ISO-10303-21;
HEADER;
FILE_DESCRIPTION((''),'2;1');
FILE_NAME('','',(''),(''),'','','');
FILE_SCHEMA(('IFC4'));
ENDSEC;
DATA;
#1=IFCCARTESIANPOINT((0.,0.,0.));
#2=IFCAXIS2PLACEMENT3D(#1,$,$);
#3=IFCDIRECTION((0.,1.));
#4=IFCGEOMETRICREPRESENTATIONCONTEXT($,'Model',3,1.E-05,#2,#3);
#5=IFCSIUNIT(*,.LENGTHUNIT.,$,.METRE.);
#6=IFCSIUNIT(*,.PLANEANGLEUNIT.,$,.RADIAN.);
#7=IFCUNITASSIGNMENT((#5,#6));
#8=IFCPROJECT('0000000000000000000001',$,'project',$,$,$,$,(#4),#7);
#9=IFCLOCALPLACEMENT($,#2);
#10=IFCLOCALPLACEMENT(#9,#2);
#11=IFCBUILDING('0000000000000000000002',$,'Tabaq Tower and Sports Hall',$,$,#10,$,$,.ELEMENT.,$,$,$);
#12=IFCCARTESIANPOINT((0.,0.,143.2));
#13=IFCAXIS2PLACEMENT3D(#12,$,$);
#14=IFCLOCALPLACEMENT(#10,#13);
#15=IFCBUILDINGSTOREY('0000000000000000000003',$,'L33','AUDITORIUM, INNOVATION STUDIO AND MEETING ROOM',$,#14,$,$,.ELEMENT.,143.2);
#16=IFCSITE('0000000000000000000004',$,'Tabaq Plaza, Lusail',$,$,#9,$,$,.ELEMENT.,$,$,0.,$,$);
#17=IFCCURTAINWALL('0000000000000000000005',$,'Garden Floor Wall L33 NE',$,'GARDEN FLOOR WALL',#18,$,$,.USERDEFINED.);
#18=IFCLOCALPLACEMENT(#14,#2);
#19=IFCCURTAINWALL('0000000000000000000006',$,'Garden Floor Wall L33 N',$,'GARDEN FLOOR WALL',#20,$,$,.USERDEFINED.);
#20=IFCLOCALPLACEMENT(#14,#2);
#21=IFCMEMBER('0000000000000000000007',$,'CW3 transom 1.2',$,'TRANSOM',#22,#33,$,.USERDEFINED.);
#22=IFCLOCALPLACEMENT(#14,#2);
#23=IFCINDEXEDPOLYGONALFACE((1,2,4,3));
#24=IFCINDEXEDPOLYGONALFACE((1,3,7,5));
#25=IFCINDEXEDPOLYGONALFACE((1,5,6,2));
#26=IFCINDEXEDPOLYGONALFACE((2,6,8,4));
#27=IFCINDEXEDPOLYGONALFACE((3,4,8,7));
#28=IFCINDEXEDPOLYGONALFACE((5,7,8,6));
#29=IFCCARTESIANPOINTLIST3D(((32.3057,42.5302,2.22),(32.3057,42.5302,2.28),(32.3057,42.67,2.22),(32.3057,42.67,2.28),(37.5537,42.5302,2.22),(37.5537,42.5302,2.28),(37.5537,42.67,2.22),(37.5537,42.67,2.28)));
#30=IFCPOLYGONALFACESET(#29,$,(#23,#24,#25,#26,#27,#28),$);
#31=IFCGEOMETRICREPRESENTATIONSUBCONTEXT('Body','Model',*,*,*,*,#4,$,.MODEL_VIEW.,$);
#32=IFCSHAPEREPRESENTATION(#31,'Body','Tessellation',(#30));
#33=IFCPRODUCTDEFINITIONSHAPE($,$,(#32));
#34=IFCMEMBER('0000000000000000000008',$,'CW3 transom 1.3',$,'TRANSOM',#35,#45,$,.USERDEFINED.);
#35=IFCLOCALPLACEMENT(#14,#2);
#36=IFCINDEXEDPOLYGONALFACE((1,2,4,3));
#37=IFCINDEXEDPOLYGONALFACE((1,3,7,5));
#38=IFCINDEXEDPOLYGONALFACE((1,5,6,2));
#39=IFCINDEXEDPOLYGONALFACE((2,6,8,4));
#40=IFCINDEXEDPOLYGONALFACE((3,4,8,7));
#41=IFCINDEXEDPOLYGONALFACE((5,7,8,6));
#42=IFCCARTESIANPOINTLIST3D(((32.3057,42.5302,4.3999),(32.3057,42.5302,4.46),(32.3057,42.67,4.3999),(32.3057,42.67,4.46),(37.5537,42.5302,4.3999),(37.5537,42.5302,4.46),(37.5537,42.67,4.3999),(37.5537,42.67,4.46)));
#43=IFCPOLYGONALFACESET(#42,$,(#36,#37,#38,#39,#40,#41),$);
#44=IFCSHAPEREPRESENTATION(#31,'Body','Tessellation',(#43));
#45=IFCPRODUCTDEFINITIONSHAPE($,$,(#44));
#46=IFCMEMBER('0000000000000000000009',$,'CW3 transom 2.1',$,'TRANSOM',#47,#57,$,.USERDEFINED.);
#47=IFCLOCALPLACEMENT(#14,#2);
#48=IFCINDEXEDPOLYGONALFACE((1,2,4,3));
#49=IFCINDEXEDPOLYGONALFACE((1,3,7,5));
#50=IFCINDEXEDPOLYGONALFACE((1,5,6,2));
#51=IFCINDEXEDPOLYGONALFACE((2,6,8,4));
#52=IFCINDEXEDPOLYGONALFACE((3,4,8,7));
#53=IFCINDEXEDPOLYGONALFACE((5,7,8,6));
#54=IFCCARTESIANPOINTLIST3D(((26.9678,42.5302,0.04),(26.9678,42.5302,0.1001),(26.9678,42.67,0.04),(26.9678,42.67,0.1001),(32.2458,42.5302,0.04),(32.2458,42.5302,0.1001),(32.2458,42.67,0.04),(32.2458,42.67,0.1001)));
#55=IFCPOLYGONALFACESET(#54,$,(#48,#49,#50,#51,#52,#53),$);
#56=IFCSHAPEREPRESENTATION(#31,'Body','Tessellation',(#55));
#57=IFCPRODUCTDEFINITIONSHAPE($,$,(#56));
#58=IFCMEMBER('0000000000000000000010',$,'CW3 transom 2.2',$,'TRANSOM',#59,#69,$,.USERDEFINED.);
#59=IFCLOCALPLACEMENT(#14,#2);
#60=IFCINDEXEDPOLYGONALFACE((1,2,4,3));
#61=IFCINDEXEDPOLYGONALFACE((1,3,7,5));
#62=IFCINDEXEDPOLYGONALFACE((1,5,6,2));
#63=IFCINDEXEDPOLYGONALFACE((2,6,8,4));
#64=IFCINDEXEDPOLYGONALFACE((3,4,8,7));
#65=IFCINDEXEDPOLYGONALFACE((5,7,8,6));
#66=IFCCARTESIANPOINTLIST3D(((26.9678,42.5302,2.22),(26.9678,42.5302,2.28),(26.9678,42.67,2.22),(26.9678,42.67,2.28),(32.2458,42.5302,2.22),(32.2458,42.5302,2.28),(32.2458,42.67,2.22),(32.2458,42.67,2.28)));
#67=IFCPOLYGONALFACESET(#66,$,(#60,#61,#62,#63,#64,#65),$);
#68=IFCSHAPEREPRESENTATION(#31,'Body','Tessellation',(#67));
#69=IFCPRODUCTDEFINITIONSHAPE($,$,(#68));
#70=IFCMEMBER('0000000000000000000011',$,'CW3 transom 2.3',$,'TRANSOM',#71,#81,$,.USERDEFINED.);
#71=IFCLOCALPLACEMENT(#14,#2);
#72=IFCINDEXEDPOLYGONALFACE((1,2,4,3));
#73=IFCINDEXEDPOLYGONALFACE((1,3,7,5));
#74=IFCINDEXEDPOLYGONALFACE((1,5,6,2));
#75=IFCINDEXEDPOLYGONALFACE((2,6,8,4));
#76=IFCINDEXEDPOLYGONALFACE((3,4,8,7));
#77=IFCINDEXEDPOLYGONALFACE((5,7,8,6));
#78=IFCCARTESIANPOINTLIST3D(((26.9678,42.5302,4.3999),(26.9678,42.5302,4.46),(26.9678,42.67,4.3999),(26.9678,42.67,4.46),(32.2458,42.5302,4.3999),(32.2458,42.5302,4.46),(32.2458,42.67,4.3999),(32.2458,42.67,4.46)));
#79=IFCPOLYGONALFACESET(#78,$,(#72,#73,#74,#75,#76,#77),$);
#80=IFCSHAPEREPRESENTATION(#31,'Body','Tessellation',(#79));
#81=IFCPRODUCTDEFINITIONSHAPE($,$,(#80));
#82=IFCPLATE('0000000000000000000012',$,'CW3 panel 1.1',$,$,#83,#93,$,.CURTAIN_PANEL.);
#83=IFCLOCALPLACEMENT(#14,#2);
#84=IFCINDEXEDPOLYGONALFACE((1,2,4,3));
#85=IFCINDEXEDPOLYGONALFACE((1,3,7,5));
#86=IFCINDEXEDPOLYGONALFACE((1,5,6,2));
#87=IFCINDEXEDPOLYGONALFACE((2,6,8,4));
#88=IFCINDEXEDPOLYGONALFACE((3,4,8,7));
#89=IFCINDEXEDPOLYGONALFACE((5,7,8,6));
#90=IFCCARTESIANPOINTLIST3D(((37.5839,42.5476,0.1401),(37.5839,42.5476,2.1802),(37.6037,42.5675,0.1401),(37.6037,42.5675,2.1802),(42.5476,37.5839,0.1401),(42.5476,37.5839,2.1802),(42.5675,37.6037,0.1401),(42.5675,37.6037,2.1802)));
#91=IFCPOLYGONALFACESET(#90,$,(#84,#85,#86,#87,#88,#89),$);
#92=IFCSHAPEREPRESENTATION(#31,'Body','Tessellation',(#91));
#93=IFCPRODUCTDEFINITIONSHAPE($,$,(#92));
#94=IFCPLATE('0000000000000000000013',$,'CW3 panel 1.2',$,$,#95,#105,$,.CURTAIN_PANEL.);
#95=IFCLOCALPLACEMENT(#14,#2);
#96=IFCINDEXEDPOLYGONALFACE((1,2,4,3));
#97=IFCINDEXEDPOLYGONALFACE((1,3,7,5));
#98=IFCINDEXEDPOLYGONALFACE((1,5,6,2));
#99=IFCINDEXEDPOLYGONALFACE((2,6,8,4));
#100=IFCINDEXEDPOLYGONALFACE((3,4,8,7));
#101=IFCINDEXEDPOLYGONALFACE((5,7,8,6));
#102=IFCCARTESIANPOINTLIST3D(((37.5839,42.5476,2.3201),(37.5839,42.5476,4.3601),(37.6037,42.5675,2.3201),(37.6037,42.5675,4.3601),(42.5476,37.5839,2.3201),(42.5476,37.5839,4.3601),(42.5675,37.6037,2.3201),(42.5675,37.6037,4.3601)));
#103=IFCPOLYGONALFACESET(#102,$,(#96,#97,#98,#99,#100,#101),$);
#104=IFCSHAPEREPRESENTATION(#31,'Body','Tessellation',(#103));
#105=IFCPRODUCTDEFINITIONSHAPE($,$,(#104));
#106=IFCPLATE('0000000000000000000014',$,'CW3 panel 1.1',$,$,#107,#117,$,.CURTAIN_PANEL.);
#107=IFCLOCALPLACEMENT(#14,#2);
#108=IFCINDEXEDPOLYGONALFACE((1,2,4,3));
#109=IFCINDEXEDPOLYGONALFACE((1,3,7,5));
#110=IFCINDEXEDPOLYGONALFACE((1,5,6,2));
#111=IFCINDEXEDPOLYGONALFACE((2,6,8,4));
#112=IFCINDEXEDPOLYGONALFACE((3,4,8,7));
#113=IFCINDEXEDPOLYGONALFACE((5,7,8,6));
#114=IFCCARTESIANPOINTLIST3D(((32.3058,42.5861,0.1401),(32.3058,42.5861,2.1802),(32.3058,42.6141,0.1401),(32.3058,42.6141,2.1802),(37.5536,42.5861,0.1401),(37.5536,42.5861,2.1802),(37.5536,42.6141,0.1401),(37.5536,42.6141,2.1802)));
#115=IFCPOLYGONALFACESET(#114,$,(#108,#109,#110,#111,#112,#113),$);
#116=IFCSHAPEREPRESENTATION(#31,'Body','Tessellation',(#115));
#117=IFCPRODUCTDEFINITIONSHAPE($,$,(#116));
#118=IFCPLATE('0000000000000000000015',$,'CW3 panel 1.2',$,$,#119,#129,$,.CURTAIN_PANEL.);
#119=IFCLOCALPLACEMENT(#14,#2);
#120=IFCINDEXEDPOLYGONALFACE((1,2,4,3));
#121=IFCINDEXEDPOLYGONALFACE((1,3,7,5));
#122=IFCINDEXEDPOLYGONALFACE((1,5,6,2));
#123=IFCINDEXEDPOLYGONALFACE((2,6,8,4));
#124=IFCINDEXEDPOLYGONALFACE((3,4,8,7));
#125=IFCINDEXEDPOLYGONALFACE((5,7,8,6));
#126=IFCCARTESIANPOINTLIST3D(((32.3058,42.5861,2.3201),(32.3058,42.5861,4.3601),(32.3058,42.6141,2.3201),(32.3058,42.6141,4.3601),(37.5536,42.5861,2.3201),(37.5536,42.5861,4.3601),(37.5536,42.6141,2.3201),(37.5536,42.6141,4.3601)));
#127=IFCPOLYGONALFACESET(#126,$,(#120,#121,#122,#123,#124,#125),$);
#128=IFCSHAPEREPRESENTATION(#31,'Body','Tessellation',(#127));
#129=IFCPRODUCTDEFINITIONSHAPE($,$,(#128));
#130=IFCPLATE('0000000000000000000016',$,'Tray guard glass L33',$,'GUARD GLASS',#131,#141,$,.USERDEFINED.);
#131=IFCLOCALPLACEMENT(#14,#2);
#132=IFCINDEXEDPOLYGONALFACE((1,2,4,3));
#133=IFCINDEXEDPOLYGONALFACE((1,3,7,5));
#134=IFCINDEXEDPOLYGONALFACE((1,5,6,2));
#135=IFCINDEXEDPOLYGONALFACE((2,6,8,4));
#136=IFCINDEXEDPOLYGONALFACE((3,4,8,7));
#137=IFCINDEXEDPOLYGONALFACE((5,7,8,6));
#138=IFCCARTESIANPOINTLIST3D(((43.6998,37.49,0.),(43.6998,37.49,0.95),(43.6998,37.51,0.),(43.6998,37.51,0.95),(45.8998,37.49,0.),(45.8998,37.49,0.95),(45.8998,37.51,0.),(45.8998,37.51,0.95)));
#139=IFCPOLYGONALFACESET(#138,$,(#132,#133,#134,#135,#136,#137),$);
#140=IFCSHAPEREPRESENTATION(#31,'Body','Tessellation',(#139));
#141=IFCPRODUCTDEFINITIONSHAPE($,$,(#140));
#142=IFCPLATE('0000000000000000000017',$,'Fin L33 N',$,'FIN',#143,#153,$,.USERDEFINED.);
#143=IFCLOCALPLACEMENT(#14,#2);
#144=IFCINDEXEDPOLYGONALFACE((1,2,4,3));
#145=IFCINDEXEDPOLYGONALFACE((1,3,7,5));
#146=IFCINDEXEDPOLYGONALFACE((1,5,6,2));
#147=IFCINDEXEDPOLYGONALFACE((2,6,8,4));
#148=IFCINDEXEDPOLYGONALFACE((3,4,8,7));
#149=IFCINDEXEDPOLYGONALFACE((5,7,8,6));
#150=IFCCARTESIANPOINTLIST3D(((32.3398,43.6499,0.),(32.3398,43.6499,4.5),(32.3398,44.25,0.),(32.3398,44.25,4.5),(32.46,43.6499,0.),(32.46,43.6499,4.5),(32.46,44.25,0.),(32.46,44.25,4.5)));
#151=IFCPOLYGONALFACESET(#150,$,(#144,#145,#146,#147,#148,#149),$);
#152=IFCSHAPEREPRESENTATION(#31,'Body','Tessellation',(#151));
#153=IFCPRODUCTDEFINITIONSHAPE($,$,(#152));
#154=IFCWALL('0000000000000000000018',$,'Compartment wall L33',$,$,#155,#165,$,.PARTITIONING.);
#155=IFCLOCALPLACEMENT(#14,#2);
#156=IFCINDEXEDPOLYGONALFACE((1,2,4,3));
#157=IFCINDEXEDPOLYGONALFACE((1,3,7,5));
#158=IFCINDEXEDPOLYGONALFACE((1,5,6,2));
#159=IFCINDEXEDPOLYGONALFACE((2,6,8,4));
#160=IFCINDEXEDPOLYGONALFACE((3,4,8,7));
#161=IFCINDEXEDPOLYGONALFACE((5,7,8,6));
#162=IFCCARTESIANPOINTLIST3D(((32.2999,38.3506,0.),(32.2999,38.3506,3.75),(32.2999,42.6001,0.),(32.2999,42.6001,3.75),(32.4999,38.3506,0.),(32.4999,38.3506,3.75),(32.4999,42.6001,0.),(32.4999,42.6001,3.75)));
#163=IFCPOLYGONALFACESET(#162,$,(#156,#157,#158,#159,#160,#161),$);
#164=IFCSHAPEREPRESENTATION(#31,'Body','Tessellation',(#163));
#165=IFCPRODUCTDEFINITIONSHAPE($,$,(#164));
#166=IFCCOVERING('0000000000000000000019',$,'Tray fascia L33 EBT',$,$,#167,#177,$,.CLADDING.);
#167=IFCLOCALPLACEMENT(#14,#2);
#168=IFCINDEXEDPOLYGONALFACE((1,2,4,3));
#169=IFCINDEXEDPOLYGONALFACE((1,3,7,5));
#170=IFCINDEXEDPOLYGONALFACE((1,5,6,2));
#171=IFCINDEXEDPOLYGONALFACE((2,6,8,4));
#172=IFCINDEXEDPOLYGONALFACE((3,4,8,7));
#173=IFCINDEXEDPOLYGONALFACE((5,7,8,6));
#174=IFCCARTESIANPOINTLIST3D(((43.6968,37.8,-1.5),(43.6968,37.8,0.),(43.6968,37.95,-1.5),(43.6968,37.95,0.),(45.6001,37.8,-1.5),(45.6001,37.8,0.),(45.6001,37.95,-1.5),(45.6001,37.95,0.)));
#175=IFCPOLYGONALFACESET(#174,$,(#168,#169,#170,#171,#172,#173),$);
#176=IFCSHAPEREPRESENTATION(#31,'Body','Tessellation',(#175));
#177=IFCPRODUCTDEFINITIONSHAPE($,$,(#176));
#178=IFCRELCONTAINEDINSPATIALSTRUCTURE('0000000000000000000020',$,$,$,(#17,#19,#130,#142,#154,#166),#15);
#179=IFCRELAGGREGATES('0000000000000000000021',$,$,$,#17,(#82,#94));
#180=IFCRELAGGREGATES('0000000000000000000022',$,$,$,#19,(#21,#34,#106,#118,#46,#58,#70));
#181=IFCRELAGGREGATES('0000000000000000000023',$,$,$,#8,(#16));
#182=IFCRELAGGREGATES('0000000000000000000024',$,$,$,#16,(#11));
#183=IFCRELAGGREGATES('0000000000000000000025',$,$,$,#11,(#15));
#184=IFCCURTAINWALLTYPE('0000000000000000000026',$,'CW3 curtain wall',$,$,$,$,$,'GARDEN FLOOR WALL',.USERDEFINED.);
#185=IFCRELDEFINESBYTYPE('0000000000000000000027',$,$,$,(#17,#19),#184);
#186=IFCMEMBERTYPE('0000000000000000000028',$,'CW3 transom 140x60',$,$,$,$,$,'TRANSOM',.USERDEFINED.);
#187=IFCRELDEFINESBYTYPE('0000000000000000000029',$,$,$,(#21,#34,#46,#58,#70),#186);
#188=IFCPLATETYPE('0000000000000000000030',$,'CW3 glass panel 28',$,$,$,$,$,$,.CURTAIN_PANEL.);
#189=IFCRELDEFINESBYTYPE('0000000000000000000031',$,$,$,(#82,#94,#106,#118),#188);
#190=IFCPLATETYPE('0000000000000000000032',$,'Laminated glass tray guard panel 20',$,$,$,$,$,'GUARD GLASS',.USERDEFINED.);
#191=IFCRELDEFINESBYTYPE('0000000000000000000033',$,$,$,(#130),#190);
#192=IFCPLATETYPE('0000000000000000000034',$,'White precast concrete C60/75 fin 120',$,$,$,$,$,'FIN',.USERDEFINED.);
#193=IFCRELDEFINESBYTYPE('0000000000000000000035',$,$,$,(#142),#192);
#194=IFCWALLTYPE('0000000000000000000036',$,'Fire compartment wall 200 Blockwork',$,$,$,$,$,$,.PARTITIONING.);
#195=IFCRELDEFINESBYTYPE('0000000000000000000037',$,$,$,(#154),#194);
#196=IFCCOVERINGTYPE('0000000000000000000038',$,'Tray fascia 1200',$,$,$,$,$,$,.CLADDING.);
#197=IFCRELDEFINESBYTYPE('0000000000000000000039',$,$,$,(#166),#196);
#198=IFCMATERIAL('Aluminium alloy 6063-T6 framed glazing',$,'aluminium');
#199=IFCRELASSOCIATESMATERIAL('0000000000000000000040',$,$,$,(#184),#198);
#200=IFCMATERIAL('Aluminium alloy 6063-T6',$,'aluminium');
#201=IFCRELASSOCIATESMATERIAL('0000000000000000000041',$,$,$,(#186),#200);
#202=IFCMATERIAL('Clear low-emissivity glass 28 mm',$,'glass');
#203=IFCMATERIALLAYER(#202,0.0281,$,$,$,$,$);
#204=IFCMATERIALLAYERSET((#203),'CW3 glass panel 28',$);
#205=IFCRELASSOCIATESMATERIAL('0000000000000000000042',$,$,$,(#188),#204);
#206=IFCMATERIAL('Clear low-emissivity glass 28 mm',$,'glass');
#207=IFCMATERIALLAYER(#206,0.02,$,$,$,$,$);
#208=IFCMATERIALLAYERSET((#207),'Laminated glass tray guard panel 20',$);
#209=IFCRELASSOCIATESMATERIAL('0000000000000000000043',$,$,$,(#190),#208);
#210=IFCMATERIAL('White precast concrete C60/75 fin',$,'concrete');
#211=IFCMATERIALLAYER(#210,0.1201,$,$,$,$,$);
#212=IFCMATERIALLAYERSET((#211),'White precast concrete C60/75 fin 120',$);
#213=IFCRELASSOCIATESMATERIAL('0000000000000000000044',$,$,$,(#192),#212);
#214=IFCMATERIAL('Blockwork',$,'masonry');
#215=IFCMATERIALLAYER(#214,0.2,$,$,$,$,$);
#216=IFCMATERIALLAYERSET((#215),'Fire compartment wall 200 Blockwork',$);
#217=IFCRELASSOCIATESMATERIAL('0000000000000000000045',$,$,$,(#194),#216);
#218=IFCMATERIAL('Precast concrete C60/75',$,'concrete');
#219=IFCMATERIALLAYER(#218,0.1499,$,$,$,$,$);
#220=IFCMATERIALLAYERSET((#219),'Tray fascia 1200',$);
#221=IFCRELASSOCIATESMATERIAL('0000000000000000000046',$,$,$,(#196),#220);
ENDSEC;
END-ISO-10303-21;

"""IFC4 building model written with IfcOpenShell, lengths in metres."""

from ifc_helpers import new_model, si_unit, direction, frame, frame_2d, origin, origin_2d, place, context, subcontext, project, spatial, rectangle, extrude, material, layer, layer_set, material_profile, profile_set, type_object, element, aggregate, save


model = new_model("IFC4")

# Units and contexts
model_context = context("Model", 3, precision=1e-05, world=origin(), true_north=direction((0.0, 1.0)))
body_context = subcontext(model_context, "Body", "Model", "MODEL_VIEW")
ifc_project = project(units=[si_unit("LENGTHUNIT", "METRE"), si_unit("PLANEANGLEUNIT", "RADIAN")], contexts=[model_context])

# Site, building, storey
site_placement = place(None, origin())
site = spatial("IfcSite", under=ifc_project, at=site_placement, Name="Tabaq Plaza, Lusail", CompositionType="ELEMENT", RefElevation=0.0)
building_placement = place(site_placement, origin())
building = spatial("IfcBuilding", under=site, at=building_placement, Name="Tabaq Tower and Sports Hall", CompositionType="ELEMENT")
storey_placement = place(building_placement, frame((0.0, 0.0, 143.2)))
storey = spatial("IfcBuildingStorey", under=building, at=storey_placement, Name="L33", Description="AUDITORIUM, INNOVATION STUDIO AND MEETING ROOM", CompositionType="ELEMENT", Elevation=143.2)

# Curtain walls
ifc_material_1 = material(Name="Aluminium alloy 6063-T6 framed glazing", Category="aluminium")
curtain_wall_type = type_object("IfcCurtainWallType", Name="CW3 curtain wall", ElementType="GARDEN FLOOR WALL", PredefinedType="USERDEFINED", material=ifc_material_1)
curtain_wall_1_placement = place(storey_placement, origin())
curtain_wall_1 = element("IfcCurtainWall", 1, at=curtain_wall_1_placement, inside=storey, type_object=curtain_wall_type, Name="Garden Floor Wall L33 NE", ObjectType="GARDEN FLOOR WALL", PredefinedType="USERDEFINED")
curtain_wall_2_placement = place(storey_placement, origin())
curtain_wall_2 = element("IfcCurtainWall", 2, at=curtain_wall_2_placement, inside=storey, type_object=curtain_wall_type, Name="Garden Floor Wall L33 N", ObjectType="GARDEN FLOOR WALL", PredefinedType="USERDEFINED")

# Members
ifc_material_2 = material(Name="Aluminium alloy 6063-T6", Category="aluminium")
ifc_material_profile_1 = material_profile(ifc_material_2, rectangle(XDim=0.1399, YDim=0.0601, at=origin_2d()), Name="TRANSOM 140x60")
ifc_profile_set_1 = profile_set([ifc_material_profile_1], Name="Aluminium alloy 6063-T6")
member_type_1 = type_object("IfcMemberType", Name="CW3 transom 140x60", ElementType="TRANSOM", PredefinedType="USERDEFINED", material=ifc_profile_set_1)
member_1_placement = place(storey_placement, frame((37.5537, 42.6001, 2.25), z_axis=(-1.0, 0.0, 0.0), x_axis=(0.0, -1.0, 0.0)))
member_1 = element("IfcMember", 3, at=member_1_placement, type_object=member_type_1, Name="CW3 transom 1.2", ObjectType="TRANSOM", PredefinedType="USERDEFINED", context=body_context, shape_type="SweptSolid", body=[
    extrude(rectangle(XDim=0.1399, YDim=0.0601, at=origin_2d()), origin(), (0.0, 0.0, 1.0), 5.248),
])
member_2_placement = place(storey_placement, frame((37.5537, 42.6001, 4.4299), z_axis=(-1.0, 0.0, 0.0), x_axis=(0.0, -1.0, 0.0)))
member_2 = element("IfcMember", 4, at=member_2_placement, type_object=member_type_1, Name="CW3 transom 1.3", ObjectType="TRANSOM", PredefinedType="USERDEFINED", context=body_context, shape_type="SweptSolid", body=[
    extrude(rectangle(XDim=0.1399, YDim=0.0601, at=origin_2d()), origin(), (0.0, 0.0, 1.0), 5.248),
])
member_3_placement = place(storey_placement, frame((32.2458, 42.6001, 0.0701), z_axis=(-1.0, 0.0, 0.0), x_axis=(0.0, -1.0, 0.0)))
member_3 = element("IfcMember", 5, at=member_3_placement, type_object=member_type_1, Name="CW3 transom 2.1", ObjectType="TRANSOM", PredefinedType="USERDEFINED", context=body_context, shape_type="SweptSolid", body=[
    extrude(rectangle(XDim=0.1399, YDim=0.0601, at=origin_2d()), origin(), (0.0, 0.0, 1.0), 5.2781),
])
member_4_placement = place(storey_placement, frame((32.2458, 42.6001, 2.25), z_axis=(-1.0, 0.0, 0.0), x_axis=(0.0, -1.0, 0.0)))
member_4 = element("IfcMember", 6, at=member_4_placement, type_object=member_type_1, Name="CW3 transom 2.2", ObjectType="TRANSOM", PredefinedType="USERDEFINED", context=body_context, shape_type="SweptSolid", body=[
    extrude(rectangle(XDim=0.1399, YDim=0.0601, at=origin_2d()), origin(), (0.0, 0.0, 1.0), 5.2781),
])
member_5_placement = place(storey_placement, frame((32.2458, 42.6001, 4.4299), z_axis=(-1.0, 0.0, 0.0), x_axis=(0.0, -1.0, 0.0)))
member_5 = element("IfcMember", 7, at=member_5_placement, type_object=member_type_1, Name="CW3 transom 2.3", ObjectType="TRANSOM", PredefinedType="USERDEFINED", context=body_context, shape_type="SweptSolid", body=[
    extrude(rectangle(XDim=0.1399, YDim=0.0601, at=origin_2d()), origin(), (0.0, 0.0, 1.0), 5.2781),
])

# Plates
ifc_material_3 = material(Name="Clear low-emissivity glass 28 mm", Category="glass")
ifc_layer_1 = layer(ifc_material_3, 0.0281)
ifc_layer_set_1 = layer_set([ifc_layer_1], Name="CW3 glass panel 28")
plate_type_1 = type_object("IfcPlateType", Name="CW3 glass panel 28", PredefinedType="CURTAIN_PANEL", material=ifc_layer_set_1)
plate_1_placement = place(storey_placement, frame((40.0757, 40.0757, 0.1401), z_axis=(0.0, 0.0, 1.0), x_axis=(-0.707107, 0.707107, 0.0)))
plate_1 = element("IfcPlate", 8, at=plate_1_placement, type_object=plate_type_1, Name="CW3 panel 1.1", PredefinedType="CURTAIN_PANEL", context=body_context, shape_type="SweptSolid", body=[
    extrude(rectangle(XDim=7.0198, YDim=0.0281, at=origin_2d()), origin(), (0.0, 0.0, 1.0), 2.04),
])
plate_2_placement = place(storey_placement, frame((40.0757, 40.0757, 2.3201), z_axis=(0.0, 0.0, 1.0), x_axis=(-0.707107, 0.707107, 0.0)))
plate_2 = element("IfcPlate", 9, at=plate_2_placement, type_object=plate_type_1, Name="CW3 panel 1.2", PredefinedType="CURTAIN_PANEL", context=body_context, shape_type="SweptSolid", body=[
    extrude(rectangle(XDim=7.0198, YDim=0.0281, at=origin_2d()), origin(), (0.0, 0.0, 1.0), 2.04),
])
aggregate(curtain_wall_1, [plate_1, plate_2])
plate_3_placement = place(storey_placement, frame((34.9297, 42.6001, 0.1401), z_axis=(0.0, 0.0, 1.0), x_axis=(-1.0, 0.0, 0.0)))
plate_3 = element("IfcPlate", 10, at=plate_3_placement, type_object=plate_type_1, Name="CW3 panel 1.1", PredefinedType="CURTAIN_PANEL", context=body_context, shape_type="SweptSolid", body=[
    extrude(rectangle(XDim=5.2478, YDim=0.0281, at=origin_2d()), origin(), (0.0, 0.0, 1.0), 2.04),
])
plate_4_placement = place(storey_placement, frame((34.9297, 42.6001, 2.3201), z_axis=(0.0, 0.0, 1.0), x_axis=(-1.0, 0.0, 0.0)))
plate_4 = element("IfcPlate", 11, at=plate_4_placement, type_object=plate_type_1, Name="CW3 panel 1.2", PredefinedType="CURTAIN_PANEL", context=body_context, shape_type="SweptSolid", body=[
    extrude(rectangle(XDim=5.2478, YDim=0.0281, at=origin_2d()), origin(), (0.0, 0.0, 1.0), 2.04),
])
aggregate(curtain_wall_2, [member_1, member_2, plate_3, plate_4, member_3, member_4, member_5])

# Plates
ifc_material_4 = material(Name="Clear low-emissivity glass 28 mm", Category="glass")
ifc_layer_2 = layer(ifc_material_4, 0.02)
ifc_layer_set_2 = layer_set([ifc_layer_2], Name="Laminated glass tray guard panel 20")
plate_type_2 = type_object("IfcPlateType", Name="Laminated glass tray guard panel 20", ElementType="GUARD GLASS", PredefinedType="USERDEFINED", material=ifc_layer_set_2)
plate_5_placement = place(storey_placement, frame((45.8999, 37.5, 0.0), z_axis=(0.0, 0.0, 1.0), x_axis=(-1.0, 0.0, 0.0)))
element("IfcPlate", 12, at=plate_5_placement, inside=storey, type_object=plate_type_2, Name="Tray guard glass L33", ObjectType="GUARD GLASS", PredefinedType="USERDEFINED", context=body_context, shape_type="SweptSolid", body=[
    extrude(rectangle(XDim=2.2, YDim=0.02, at=frame_2d((1.1001, 0.0))), origin(), (0.0, 0.0, 1.0), 0.95),
])
ifc_material_5 = material(Name="White precast concrete C60/75 fin", Category="concrete")
ifc_layer_3 = layer(ifc_material_5, 0.1201)
ifc_layer_set_3 = layer_set([ifc_layer_3], Name="White precast concrete C60/75 fin 120")
plate_type_3 = type_object("IfcPlateType", Name="White precast concrete C60/75 fin 120", ElementType="FIN", PredefinedType="USERDEFINED", material=ifc_layer_set_3)
plate_6_placement = place(storey_placement, frame((32.3999, 43.95, 0.0), z_axis=(0.0, 0.0, 1.0), x_axis=(-1.0, 0.0, 0.0)))
element("IfcPlate", 13, at=plate_6_placement, inside=storey, type_object=plate_type_3, Name="Fin L33 N", ObjectType="FIN", PredefinedType="USERDEFINED", context=body_context, shape_type="SweptSolid", body=[
    extrude(rectangle(XDim=0.1201, YDim=0.6001, at=origin_2d()), origin(), (0.0, 0.0, 1.0), 4.5),
])

# Wall
ifc_material_6 = material(Name="Blockwork", Category="masonry")
ifc_layer_4 = layer(ifc_material_6, 0.2)
ifc_layer_set_4 = layer_set([ifc_layer_4], Name="Fire compartment wall 200 Blockwork")
wall_type = type_object("IfcWallType", Name="Fire compartment wall 200 Blockwork", PredefinedType="PARTITIONING", material=ifc_layer_set_4)
wall_placement = place(storey_placement, frame((32.3999, 38.3506, 0.0), z_axis=(0.0, 0.0, 1.0), x_axis=(0.0, 1.0, 0.0)))
element("IfcWall", 14, at=wall_placement, inside=storey, type_object=wall_type, Name="Compartment wall L33", PredefinedType="PARTITIONING", context=body_context, shape_type="SweptSolid", body=[
    extrude(rectangle(XDim=4.2495, YDim=0.2, at=frame_2d((2.1248, 0.0))), origin(), (0.0, 0.0, 1.0), 3.75),
])

# Covering
ifc_material_7 = material(Name="Precast concrete C60/75", Category="concrete")
ifc_layer_5 = layer(ifc_material_7, 0.1499)
ifc_layer_set_5 = layer_set([ifc_layer_5], Name="Tray fascia 1200")
covering_type_1 = type_object("IfcCoveringType", Name="Tray fascia 1200", PredefinedType="CLADDING", material=ifc_layer_set_5)
covering_1_placement = place(storey_placement, frame((43.6968, 37.875, -1.5), z_axis=(0.0, 0.0, 1.0), x_axis=(1.0, 0.0, 0.0)))
element("IfcCovering", 15, at=covering_1_placement, inside=storey, type_object=covering_type_1, Name="Tray fascia L33 EBT", PredefinedType="CLADDING", context=body_context, shape_type="SweptSolid", body=[
    extrude(rectangle(XDim=1.9033, YDim=0.1499, at=frame_2d((0.9517, 0.0))), origin(), (0.0, 0.0, 1.0), 1.5),
])

save(model, "model.ifc")
